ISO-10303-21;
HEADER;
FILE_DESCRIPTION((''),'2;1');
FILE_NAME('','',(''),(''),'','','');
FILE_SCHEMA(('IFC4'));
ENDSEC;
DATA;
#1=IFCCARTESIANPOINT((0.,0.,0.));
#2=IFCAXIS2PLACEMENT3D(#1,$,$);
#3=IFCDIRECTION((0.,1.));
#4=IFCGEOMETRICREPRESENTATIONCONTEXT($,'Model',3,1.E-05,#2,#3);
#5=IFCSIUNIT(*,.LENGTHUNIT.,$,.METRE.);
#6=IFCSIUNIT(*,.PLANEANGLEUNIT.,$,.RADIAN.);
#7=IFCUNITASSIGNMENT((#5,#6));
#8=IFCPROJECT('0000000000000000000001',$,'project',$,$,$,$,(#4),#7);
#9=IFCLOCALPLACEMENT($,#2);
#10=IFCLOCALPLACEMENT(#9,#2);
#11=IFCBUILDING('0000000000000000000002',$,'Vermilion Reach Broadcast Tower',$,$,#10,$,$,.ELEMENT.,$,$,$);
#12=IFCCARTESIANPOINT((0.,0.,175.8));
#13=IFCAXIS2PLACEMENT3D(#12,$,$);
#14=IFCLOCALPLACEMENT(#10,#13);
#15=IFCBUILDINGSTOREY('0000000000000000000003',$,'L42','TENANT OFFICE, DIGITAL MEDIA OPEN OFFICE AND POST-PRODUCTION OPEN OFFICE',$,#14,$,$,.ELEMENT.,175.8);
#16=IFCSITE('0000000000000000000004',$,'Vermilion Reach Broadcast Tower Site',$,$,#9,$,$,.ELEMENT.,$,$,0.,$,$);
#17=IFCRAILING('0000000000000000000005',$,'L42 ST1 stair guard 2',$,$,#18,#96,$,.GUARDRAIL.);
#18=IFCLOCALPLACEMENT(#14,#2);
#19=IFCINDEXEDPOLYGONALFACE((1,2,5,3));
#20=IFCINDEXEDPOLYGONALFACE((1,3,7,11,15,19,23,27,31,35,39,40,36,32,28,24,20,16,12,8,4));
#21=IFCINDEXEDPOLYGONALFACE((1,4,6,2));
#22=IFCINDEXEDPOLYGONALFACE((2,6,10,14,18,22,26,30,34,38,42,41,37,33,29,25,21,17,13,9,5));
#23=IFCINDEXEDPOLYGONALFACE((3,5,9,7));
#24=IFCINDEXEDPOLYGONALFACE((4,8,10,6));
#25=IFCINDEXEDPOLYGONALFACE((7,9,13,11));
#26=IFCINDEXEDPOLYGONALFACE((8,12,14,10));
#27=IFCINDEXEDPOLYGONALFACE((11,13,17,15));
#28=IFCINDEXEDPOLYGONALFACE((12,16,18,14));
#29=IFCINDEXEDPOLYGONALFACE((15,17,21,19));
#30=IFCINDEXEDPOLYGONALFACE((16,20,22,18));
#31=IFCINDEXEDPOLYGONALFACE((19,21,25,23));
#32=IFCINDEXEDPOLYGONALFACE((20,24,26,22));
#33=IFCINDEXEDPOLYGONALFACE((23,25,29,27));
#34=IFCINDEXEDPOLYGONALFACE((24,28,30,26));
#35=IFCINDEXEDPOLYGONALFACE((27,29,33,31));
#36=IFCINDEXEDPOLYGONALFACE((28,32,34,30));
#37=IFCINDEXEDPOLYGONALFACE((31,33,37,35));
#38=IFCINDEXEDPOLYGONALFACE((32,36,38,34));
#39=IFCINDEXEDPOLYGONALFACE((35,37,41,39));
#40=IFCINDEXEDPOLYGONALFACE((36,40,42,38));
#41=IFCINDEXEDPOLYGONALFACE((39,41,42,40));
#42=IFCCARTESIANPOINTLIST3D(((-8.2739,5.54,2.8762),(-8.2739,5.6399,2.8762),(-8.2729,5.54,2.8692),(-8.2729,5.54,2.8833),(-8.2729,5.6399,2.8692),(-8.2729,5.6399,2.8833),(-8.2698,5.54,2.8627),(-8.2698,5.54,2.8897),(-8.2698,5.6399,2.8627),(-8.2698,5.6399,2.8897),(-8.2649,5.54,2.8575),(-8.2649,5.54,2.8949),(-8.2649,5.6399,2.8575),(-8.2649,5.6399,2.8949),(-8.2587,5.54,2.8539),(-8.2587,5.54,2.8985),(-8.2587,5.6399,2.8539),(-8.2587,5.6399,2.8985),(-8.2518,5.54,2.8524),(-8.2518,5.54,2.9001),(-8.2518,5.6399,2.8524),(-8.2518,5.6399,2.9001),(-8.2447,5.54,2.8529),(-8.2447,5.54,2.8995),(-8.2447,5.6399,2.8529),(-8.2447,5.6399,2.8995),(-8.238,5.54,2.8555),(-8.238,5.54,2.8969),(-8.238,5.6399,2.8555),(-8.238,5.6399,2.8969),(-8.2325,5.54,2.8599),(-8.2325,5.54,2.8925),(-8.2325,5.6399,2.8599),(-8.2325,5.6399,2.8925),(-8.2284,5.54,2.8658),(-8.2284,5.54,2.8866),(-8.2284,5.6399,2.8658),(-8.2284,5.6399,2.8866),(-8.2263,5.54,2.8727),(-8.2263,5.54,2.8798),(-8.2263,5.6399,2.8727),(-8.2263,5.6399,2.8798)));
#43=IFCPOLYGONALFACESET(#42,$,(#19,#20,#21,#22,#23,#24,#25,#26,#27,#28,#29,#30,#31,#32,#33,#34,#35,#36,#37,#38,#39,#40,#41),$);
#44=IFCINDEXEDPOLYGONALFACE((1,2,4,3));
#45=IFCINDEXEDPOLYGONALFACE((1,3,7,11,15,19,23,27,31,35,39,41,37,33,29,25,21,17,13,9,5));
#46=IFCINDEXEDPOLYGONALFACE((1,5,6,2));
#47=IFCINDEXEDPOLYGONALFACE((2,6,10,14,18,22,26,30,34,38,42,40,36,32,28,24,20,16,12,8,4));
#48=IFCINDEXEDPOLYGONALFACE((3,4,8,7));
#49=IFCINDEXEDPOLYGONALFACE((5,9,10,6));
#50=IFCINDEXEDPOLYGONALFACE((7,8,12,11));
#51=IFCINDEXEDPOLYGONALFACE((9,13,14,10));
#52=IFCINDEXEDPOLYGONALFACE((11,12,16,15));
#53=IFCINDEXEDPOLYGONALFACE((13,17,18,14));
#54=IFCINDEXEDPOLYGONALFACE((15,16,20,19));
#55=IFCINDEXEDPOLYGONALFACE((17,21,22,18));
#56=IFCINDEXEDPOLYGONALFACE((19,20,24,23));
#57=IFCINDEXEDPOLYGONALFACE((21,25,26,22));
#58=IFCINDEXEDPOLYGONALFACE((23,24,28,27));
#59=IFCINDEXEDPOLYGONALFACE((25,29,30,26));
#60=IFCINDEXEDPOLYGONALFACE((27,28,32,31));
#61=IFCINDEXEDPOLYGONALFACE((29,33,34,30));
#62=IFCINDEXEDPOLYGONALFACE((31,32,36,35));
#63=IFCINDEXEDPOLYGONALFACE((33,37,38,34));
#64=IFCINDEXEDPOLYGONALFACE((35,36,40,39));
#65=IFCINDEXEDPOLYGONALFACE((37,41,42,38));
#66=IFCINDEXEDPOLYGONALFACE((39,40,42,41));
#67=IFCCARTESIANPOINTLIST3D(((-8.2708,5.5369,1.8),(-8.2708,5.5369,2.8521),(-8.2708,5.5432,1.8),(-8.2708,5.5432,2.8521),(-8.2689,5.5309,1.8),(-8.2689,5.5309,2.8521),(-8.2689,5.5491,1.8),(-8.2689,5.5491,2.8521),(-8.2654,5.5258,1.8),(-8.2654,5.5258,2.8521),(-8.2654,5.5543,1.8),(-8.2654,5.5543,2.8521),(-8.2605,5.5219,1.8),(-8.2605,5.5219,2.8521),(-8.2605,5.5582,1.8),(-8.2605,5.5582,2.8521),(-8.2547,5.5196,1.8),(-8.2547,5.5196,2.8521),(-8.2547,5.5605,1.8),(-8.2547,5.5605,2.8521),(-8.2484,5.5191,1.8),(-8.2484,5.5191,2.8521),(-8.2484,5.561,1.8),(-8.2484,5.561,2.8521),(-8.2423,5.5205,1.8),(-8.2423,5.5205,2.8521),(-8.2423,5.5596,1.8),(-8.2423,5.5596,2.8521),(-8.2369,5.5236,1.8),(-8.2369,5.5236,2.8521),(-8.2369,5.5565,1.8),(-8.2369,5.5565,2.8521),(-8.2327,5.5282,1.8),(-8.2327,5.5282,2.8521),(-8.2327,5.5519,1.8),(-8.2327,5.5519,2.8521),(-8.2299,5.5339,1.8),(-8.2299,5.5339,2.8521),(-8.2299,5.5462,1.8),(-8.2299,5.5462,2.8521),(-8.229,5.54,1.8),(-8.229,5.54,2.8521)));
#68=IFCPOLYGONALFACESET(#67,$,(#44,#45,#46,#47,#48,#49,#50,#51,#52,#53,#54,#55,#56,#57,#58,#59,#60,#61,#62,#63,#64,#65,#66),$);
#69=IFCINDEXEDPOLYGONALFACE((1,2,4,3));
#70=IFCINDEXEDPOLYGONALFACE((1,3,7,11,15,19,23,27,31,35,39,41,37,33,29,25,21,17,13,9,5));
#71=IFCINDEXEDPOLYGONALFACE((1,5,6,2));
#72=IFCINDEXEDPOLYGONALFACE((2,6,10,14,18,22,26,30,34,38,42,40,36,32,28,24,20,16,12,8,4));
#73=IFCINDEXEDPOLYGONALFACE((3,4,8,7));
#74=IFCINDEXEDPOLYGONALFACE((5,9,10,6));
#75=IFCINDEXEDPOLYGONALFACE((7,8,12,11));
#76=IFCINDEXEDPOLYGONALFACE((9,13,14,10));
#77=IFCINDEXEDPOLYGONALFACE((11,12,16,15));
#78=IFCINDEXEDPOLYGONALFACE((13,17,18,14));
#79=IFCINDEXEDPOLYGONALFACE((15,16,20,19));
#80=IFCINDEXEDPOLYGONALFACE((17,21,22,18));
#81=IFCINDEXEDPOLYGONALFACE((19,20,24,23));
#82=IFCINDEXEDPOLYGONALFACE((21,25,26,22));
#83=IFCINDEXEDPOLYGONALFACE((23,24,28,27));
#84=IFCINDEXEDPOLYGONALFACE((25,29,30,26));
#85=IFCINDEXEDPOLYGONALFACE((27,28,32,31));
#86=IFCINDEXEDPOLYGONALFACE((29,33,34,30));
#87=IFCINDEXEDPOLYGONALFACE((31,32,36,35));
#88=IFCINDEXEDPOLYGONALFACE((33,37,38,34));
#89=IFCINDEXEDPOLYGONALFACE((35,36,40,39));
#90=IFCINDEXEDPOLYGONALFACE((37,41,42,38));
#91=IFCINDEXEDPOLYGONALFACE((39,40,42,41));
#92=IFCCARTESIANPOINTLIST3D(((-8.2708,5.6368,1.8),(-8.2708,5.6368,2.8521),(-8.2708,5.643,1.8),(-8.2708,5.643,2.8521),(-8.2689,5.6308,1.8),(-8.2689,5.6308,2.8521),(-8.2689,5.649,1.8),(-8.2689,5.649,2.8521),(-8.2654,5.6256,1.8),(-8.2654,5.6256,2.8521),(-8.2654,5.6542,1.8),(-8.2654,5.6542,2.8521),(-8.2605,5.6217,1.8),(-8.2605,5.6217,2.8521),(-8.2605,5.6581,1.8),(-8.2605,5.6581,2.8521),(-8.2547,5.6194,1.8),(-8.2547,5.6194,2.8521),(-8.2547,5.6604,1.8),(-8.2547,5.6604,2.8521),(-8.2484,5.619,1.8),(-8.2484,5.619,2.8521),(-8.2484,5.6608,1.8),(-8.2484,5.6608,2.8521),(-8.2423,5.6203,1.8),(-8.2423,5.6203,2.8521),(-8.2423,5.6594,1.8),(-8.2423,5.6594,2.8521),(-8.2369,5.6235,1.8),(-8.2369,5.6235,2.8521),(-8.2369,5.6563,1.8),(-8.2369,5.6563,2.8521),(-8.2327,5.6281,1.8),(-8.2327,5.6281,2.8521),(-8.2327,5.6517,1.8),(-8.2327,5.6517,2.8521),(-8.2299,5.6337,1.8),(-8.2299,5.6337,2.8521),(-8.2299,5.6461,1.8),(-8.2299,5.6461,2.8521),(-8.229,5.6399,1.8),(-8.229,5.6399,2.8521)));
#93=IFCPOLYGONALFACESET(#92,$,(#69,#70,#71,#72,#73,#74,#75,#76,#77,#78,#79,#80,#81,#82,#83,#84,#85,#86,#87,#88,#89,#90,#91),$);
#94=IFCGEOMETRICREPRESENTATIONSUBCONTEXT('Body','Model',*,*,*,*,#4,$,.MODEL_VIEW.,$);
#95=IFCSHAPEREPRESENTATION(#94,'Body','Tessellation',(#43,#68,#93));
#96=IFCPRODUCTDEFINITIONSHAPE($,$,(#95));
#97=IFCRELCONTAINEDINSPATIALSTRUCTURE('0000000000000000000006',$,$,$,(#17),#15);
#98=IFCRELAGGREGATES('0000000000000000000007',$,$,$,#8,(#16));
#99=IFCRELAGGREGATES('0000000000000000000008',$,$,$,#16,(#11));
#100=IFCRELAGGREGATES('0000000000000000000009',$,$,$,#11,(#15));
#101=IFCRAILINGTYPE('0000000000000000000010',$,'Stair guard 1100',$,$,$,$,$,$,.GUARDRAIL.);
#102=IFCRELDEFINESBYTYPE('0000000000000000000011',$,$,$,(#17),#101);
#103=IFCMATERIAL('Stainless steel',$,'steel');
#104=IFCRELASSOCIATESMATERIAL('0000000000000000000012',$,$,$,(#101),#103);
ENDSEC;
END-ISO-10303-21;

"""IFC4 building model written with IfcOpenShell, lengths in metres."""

from ifc_helpers import new_model, si_unit, direction, frame, origin, origin_2d, place, context, subcontext, project, spatial, circle, extrude, material, type_object, element, save


model = new_model("IFC4")

# Units and contexts
model_context = context("Model", 3, precision=1e-05, world=origin(), true_north=direction((0.0, 1.0)))
body_context = subcontext(model_context, "Body", "Model", "MODEL_VIEW")
ifc_project = project(units=[si_unit("LENGTHUNIT", "METRE"), si_unit("PLANEANGLEUNIT", "RADIAN")], contexts=[model_context])

# Site, building, storey
site_placement = place(None, origin())
site = spatial("IfcSite", under=ifc_project, at=site_placement, Name="Vermilion Reach Broadcast Tower Site", CompositionType="ELEMENT", RefElevation=0.0)
building_placement = place(site_placement, origin())
building = spatial("IfcBuilding", under=site, at=building_placement, Name="Vermilion Reach Broadcast Tower", CompositionType="ELEMENT")
storey_placement = place(building_placement, frame((0.0, 0.0, 175.8)))
storey = spatial("IfcBuildingStorey", under=building, at=storey_placement, Name="L42", Description="TENANT OFFICE, DIGITAL MEDIA OPEN OFFICE AND POST-PRODUCTION OPEN OFFICE", CompositionType="ELEMENT", Elevation=175.8)

# Railing
ifc_material_1 = material(Name="Stainless steel", Category="steel")
railing_type_1 = type_object("IfcRailingType", Name="Stair guard 1100", PredefinedType="GUARDRAIL", material=ifc_material_1)
railing_1_placement = place(storey_placement, frame((-8.25, 5.54, 1.8)))
element("IfcRailing", 1, at=railing_1_placement, inside=storey, type_object=railing_type_1, Name="L42 ST1 stair guard 2", PredefinedType="GUARDRAIL", context=body_context, shape_type="SweptSolid", body=[
    extrude(circle(Radius=0.0239, at=origin_2d()), frame((0.0, 0.0, 1.0762), z_axis=(0.0, 1.0, 0.0), x_axis=(-1.0, 0.0, 0.0)), (0.0, 0.0, 1.0), 0.0999),
    extrude(circle(Radius=0.021, at=origin_2d()), origin(), (0.0, 0.0, 1.0), 1.052),
    extrude(circle(Radius=0.021, at=origin_2d()), frame((0.0, 0.0999, 0.0)), (0.0, 0.0, 1.0), 1.052),
])

save(model, "model.ifc")
